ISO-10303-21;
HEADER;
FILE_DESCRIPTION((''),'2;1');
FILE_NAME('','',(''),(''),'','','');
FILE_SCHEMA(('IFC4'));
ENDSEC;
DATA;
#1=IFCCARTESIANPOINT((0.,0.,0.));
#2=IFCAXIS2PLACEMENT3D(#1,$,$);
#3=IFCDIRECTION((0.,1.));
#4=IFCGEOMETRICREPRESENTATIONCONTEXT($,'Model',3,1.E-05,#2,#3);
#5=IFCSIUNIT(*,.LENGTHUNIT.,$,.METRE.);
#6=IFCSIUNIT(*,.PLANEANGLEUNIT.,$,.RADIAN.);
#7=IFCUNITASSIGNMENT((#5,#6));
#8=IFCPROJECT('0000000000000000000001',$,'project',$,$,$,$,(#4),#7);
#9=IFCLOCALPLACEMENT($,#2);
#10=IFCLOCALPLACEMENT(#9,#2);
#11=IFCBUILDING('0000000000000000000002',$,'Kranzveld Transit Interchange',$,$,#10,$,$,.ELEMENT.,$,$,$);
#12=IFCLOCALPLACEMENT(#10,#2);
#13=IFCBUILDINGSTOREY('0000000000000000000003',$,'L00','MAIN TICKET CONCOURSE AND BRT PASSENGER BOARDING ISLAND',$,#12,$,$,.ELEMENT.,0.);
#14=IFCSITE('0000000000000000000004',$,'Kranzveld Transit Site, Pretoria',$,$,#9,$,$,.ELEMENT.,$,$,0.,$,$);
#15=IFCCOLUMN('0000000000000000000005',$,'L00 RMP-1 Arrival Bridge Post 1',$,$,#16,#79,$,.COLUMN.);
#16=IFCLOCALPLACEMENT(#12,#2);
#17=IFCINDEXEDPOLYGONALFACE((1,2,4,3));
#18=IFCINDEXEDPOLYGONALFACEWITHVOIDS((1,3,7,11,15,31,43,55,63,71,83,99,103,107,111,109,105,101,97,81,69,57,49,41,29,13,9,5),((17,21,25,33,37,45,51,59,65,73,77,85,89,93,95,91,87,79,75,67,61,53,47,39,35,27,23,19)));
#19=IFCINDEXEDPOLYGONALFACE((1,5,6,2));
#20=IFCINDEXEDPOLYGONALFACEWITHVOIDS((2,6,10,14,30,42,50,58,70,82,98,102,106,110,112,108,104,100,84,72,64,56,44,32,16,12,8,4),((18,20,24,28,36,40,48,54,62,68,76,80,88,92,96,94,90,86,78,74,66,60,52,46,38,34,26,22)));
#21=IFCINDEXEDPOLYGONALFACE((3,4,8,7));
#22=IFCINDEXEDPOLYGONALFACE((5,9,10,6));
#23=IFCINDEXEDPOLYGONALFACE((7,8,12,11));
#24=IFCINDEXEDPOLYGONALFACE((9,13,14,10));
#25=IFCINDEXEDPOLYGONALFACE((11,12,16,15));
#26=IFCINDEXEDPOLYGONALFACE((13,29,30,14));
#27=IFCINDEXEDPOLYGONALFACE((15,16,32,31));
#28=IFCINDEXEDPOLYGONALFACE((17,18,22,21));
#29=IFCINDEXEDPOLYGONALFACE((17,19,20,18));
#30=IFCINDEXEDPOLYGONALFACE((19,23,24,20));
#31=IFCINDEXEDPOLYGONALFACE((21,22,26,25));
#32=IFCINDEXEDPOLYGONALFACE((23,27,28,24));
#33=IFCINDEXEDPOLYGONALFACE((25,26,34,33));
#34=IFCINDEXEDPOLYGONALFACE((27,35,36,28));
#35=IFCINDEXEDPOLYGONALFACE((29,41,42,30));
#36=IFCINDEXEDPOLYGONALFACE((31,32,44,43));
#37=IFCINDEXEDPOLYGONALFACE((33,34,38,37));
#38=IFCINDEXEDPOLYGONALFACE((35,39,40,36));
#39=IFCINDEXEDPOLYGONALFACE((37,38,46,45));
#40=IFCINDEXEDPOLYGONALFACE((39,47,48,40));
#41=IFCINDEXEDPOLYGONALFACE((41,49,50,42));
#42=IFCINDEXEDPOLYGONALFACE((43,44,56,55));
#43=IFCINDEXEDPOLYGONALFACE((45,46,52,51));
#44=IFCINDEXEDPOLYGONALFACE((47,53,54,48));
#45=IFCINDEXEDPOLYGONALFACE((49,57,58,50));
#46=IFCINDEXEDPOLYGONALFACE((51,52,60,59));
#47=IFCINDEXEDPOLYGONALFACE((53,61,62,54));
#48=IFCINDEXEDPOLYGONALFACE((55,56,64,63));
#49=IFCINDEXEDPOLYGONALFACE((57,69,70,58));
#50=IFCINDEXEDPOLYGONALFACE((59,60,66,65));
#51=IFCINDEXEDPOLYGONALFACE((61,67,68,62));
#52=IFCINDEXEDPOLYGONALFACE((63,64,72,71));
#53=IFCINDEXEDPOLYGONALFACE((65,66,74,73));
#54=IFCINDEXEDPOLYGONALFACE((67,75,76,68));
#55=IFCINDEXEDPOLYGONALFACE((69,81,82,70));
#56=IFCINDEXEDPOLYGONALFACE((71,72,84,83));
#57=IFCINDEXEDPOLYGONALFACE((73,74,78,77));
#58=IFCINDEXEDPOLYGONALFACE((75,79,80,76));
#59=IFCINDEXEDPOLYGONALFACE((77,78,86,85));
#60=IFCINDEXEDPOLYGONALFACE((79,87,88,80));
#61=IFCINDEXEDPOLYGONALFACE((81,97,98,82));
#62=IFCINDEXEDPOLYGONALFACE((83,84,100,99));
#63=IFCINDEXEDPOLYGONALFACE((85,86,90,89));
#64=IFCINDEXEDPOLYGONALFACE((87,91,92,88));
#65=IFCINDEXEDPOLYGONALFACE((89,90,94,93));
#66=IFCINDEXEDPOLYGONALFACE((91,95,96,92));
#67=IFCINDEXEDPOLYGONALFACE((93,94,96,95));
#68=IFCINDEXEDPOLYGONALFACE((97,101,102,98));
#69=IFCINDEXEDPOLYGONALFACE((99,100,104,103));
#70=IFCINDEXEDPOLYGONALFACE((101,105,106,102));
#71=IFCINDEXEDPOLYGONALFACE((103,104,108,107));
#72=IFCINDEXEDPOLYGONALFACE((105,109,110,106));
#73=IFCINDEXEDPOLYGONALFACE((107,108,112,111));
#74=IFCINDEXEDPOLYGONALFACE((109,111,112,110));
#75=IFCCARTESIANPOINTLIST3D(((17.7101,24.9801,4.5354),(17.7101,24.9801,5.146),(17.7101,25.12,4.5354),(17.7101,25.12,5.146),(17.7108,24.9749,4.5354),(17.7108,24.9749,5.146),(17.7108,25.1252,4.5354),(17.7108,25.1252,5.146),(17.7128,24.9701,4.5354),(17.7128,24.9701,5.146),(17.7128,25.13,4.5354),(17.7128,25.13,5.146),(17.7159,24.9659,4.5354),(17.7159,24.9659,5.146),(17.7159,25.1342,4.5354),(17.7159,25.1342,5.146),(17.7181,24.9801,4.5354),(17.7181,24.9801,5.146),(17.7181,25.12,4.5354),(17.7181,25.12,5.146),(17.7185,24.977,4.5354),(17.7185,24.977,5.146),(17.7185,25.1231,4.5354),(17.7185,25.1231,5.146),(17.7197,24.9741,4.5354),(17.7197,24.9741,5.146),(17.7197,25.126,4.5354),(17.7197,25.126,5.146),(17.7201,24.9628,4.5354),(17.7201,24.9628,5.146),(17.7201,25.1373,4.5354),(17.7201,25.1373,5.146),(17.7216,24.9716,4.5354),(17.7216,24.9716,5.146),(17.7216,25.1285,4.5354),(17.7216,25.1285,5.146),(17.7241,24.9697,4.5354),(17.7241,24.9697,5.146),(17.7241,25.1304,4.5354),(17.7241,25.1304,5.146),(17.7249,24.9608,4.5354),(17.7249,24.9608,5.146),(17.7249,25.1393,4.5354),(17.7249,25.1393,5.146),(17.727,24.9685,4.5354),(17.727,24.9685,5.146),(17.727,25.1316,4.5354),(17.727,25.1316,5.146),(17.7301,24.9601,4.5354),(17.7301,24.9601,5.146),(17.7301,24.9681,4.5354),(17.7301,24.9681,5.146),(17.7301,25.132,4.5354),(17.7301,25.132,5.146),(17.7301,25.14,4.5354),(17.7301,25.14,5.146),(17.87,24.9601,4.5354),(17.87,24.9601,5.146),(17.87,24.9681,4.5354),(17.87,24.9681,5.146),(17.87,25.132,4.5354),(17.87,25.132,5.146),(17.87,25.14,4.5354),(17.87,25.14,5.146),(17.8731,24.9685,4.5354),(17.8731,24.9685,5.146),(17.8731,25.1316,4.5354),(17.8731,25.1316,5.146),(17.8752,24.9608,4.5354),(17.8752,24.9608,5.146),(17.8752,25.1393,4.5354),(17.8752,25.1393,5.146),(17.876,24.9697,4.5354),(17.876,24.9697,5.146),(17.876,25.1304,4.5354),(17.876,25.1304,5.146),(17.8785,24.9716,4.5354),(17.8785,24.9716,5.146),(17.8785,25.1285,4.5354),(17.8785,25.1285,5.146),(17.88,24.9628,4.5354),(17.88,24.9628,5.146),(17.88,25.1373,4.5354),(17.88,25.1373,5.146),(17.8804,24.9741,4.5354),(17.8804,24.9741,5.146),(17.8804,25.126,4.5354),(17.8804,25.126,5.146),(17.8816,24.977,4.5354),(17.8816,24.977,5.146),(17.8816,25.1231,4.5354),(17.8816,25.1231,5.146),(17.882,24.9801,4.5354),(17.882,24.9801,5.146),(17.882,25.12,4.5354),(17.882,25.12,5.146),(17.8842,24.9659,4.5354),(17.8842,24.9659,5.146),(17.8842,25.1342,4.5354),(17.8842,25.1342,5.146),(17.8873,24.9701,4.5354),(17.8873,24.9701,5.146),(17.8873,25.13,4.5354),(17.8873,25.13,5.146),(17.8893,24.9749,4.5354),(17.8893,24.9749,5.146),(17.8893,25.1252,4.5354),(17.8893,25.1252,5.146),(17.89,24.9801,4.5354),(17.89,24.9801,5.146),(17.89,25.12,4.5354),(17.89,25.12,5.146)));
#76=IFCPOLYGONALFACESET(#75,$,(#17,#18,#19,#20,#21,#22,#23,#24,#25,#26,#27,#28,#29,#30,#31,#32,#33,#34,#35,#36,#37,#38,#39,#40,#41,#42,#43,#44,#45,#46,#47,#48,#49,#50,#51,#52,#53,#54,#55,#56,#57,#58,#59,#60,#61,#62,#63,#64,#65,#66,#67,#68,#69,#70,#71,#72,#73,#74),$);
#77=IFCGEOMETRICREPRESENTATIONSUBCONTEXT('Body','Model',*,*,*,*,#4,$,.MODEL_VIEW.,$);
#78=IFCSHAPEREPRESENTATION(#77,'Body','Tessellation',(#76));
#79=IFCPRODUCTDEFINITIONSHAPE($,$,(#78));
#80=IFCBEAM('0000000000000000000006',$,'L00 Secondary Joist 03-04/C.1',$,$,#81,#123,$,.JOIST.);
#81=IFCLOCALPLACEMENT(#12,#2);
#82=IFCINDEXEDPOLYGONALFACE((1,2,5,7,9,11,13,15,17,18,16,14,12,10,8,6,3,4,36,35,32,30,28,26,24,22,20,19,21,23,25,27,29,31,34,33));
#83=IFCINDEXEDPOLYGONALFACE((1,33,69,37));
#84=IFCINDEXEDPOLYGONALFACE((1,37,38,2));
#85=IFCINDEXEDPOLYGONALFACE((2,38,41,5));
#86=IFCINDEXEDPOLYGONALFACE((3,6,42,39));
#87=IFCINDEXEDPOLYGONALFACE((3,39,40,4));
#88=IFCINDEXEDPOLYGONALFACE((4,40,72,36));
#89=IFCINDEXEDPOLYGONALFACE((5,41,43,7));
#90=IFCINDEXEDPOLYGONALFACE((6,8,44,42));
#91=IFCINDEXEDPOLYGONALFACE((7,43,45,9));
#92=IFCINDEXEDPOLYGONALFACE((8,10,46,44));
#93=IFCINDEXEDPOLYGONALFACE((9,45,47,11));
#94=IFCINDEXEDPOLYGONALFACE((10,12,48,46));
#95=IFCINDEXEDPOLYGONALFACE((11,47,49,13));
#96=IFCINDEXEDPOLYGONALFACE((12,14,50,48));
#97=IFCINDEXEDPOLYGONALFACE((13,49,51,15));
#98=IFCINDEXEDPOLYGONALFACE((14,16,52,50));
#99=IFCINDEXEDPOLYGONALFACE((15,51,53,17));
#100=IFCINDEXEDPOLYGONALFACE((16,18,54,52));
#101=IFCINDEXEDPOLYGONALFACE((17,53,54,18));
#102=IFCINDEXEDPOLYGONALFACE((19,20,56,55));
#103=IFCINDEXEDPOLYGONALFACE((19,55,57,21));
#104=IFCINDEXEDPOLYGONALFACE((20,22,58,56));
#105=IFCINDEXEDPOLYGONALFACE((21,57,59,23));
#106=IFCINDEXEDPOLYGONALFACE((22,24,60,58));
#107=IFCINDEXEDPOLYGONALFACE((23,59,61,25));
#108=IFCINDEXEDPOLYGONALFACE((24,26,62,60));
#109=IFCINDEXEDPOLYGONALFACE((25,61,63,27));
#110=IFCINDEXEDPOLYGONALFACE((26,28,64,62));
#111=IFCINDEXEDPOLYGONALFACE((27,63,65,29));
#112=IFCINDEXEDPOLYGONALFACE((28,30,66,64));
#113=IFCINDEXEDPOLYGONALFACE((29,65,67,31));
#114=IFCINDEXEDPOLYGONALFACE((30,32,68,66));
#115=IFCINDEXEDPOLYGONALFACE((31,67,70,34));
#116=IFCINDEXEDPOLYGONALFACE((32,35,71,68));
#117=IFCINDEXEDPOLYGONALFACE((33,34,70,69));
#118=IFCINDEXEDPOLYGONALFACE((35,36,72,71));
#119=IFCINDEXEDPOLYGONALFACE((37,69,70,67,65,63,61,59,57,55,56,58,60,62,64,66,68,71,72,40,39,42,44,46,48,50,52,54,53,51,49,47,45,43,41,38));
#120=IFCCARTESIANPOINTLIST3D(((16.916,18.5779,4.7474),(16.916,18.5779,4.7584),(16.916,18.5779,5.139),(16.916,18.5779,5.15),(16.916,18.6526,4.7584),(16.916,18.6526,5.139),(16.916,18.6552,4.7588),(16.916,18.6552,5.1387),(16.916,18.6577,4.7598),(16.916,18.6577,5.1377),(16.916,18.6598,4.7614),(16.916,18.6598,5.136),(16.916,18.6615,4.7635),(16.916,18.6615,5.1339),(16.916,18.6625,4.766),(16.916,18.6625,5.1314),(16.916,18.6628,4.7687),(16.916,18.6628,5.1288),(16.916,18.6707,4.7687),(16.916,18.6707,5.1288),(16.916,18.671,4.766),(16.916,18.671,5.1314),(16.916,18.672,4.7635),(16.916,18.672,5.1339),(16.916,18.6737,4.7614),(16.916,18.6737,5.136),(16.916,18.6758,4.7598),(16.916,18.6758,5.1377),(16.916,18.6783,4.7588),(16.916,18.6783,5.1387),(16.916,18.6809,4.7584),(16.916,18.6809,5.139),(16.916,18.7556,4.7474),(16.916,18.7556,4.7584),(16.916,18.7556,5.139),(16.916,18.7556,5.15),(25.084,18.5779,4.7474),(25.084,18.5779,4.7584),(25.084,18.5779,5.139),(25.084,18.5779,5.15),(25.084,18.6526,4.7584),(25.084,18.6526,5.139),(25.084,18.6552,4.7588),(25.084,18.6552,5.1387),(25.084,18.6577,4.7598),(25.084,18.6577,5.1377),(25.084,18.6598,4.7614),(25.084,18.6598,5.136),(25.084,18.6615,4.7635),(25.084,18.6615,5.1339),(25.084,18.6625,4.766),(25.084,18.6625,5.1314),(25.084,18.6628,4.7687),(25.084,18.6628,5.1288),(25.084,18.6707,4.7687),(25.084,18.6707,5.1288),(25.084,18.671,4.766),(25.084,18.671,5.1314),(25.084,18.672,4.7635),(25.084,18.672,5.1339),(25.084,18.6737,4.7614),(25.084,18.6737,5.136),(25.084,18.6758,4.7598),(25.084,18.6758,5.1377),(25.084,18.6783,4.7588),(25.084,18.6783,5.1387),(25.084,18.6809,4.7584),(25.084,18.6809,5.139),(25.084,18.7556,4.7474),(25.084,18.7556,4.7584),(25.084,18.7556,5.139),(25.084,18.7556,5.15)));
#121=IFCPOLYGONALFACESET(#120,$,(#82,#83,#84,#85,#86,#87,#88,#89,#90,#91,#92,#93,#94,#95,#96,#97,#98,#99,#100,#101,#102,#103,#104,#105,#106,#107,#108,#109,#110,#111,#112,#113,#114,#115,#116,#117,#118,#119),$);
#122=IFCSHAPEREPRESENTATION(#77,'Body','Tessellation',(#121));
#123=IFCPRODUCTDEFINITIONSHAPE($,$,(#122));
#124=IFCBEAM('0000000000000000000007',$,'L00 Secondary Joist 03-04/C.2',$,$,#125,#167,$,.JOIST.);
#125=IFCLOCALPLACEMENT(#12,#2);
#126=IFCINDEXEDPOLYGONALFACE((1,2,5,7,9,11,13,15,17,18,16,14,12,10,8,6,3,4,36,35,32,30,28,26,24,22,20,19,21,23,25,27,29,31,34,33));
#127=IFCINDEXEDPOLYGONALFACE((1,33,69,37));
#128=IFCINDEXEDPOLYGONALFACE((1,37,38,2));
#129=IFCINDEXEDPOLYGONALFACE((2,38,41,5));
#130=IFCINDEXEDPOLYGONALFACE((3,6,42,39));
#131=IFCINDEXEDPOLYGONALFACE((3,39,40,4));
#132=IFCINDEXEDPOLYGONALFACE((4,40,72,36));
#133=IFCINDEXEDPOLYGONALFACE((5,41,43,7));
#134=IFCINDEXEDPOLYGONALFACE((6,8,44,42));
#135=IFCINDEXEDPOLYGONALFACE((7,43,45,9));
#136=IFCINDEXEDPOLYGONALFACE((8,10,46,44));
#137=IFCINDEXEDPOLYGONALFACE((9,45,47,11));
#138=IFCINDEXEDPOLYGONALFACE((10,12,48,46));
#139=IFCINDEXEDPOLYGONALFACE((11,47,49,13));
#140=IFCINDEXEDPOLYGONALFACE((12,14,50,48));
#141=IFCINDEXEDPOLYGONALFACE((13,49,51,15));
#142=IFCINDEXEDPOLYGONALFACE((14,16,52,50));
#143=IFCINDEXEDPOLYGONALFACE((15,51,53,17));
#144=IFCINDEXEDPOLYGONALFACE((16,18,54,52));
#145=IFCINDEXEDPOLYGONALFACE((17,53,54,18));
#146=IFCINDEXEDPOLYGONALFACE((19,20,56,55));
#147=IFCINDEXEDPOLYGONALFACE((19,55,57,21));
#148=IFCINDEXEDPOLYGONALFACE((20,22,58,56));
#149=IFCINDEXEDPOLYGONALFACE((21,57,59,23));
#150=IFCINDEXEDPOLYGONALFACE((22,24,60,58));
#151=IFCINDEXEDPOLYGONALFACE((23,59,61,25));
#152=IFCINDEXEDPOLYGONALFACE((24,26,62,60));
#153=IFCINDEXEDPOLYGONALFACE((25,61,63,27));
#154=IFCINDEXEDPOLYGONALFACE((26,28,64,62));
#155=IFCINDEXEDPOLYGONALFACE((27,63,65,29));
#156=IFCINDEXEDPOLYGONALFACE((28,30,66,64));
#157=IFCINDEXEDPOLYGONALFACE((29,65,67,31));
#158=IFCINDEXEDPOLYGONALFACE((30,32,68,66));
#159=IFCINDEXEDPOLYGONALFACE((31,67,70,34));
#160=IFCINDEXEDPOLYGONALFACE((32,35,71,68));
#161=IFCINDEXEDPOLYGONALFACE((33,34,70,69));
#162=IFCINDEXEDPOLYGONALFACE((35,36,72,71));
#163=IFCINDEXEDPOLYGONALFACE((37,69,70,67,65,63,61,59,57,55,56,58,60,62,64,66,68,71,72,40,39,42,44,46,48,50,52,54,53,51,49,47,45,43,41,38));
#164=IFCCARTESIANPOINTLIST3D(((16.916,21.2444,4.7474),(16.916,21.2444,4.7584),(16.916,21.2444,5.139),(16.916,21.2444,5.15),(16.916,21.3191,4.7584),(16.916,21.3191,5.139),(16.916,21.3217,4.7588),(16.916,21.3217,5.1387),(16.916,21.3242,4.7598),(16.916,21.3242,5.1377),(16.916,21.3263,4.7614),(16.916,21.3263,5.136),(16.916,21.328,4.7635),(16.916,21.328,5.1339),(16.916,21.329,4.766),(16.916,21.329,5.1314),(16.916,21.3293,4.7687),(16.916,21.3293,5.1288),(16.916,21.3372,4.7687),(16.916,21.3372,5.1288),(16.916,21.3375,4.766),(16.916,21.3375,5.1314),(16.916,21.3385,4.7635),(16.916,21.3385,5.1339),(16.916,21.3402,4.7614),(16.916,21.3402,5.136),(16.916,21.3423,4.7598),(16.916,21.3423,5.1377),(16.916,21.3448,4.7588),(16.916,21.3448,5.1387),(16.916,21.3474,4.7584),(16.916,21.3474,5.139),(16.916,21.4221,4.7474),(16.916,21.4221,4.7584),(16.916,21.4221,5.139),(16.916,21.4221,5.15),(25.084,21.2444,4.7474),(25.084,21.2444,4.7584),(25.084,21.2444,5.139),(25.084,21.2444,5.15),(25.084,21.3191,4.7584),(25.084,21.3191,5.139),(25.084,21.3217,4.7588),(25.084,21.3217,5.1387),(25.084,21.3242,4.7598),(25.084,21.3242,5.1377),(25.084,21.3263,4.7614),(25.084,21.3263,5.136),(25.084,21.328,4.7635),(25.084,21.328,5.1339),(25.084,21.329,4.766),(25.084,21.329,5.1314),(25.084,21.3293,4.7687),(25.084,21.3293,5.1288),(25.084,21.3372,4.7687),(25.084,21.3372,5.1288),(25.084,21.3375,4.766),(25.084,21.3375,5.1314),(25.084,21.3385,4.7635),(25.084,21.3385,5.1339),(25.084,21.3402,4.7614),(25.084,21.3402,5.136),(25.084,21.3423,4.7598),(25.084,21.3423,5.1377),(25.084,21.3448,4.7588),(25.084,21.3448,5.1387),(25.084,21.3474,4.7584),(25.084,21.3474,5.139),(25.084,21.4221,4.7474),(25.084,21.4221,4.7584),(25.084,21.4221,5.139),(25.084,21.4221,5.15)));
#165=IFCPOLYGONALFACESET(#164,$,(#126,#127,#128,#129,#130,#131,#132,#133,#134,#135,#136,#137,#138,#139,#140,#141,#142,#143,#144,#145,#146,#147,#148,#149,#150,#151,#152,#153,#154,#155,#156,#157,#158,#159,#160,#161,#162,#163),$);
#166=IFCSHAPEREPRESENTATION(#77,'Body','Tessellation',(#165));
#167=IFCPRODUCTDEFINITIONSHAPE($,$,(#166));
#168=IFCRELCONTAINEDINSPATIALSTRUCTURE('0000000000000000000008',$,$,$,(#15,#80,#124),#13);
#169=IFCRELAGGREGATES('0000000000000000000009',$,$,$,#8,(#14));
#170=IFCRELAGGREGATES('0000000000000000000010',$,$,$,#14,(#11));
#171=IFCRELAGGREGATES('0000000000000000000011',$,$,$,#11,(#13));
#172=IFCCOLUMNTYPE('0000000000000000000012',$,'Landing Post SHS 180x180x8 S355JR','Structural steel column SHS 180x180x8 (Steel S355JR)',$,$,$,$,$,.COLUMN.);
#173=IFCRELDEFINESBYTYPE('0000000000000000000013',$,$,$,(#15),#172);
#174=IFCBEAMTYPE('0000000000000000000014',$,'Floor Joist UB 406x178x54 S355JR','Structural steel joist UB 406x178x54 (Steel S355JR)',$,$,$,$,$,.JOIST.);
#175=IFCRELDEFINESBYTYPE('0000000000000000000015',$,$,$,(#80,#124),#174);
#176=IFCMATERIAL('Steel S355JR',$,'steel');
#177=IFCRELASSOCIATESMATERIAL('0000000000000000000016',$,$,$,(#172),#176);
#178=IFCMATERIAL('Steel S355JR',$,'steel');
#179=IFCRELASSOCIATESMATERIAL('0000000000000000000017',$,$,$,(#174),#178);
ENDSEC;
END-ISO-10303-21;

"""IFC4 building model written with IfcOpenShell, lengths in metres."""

from ifc_helpers import new_model, si_unit, direction, frame, origin, origin_2d, place, context, subcontext, project, spatial, hollow_rectangle, i_section, extrude, material, material_profile, profile_set, type_object, element, save


model = new_model("IFC4")

# Units and contexts
model_context = context("Model", 3, precision=1e-05, world=origin(), true_north=direction((0.0, 1.0)))
body_context = subcontext(model_context, "Body", "Model", "MODEL_VIEW")
ifc_project = project(units=[si_unit("LENGTHUNIT", "METRE"), si_unit("PLANEANGLEUNIT", "RADIAN")], contexts=[model_context])

# Site, building, storey
site_placement = place(None, origin())
site = spatial("IfcSite", under=ifc_project, at=site_placement, Name="Kranzveld Transit Site, Pretoria", CompositionType="ELEMENT", RefElevation=0.0)
building_placement = place(site_placement, origin())
building = spatial("IfcBuilding", under=site, at=building_placement, Name="Kranzveld Transit Interchange", CompositionType="ELEMENT")
storey_placement = place(building_placement, origin())
storey = spatial("IfcBuildingStorey", under=building, at=storey_placement, Name="L00", Description="MAIN TICKET CONCOURSE AND BRT PASSENGER BOARDING ISLAND", CompositionType="ELEMENT", Elevation=0.0)

# Column
ifc_material_1 = material(Name="Steel S355JR", Category="steel")
ifc_material_profile_1 = material_profile(ifc_material_1, hollow_rectangle(XDim=0.1799, YDim=0.1799, WallThickness=0.0081, InnerFilletRadius=0.012, OuterFilletRadius=0.02, at=origin_2d()), Name="SHS 180x180x8")
ifc_profile_set_1 = profile_set([ifc_material_profile_1], Name="Steel S355JR")
column_type_1 = type_object("IfcColumnType", Name="Landing Post SHS 180x180x8 S355JR", Description="Structural steel column SHS 180x180x8 (Steel S355JR)", PredefinedType="COLUMN", material=ifc_profile_set_1)
column_1_placement = place(storey_placement, frame((17.8, 25.05, 4.5354), z_axis=(0.0, 0.0, 1.0), x_axis=(1.0, 0.0, 0.0)))
element("IfcColumn", 1, at=column_1_placement, inside=storey, type_object=column_type_1, Name="L00 RMP-1 Arrival Bridge Post 1", PredefinedType="COLUMN", context=body_context, shape_type="SweptSolid", body=[
    extrude(hollow_rectangle(XDim=0.1799, YDim=0.1799, WallThickness=0.0081, InnerFilletRadius=0.012, OuterFilletRadius=0.02, at=origin_2d()), origin(), (0.0, 0.0, 1.0), 0.6106),
])

# Beams
ifc_material_2 = material(Name="Steel S355JR", Category="steel")
ifc_material_profile_2 = material_profile(ifc_material_2, i_section(OverallWidth=0.1777, OverallDepth=0.4026, WebThickness=0.0078, FlangeThickness=0.011, FilletRadius=0.0103, at=origin_2d()), Name="UB 406x178x54")
ifc_profile_set_2 = profile_set([ifc_material_profile_2], Name="Steel S355JR")
beam_type_1 = type_object("IfcBeamType", Name="Floor Joist UB 406x178x54 S355JR", Description="Structural steel joist UB 406x178x54 (Steel S355JR)", PredefinedType="JOIST", material=ifc_profile_set_2)
for number, where, z_axis, x_axis, name in (
    (2, (16.916, 18.6667, 4.9487), (1.0, 0.0, 0.0), (0.0, 1.0, 0.0), "L00 Secondary Joist 03-04/C.1"),
    (3, (16.916, 21.3333, 4.9487), (1.0, 0.0, 0.0), (0.0, 1.0, 0.0), "L00 Secondary Joist 03-04/C.2"),
):
    element("IfcBeam", number, at=place(storey_placement, frame(where, z_axis=z_axis, x_axis=x_axis)), inside=storey, type_object=beam_type_1, Name=name, PredefinedType="JOIST", context=body_context, shape_type="SweptSolid", body=[
        extrude(i_section(OverallWidth=0.1777, OverallDepth=0.4026, WebThickness=0.0078, FlangeThickness=0.011, FilletRadius=0.0103, at=origin_2d()), origin(), (0.0, 0.0, 1.0), 8.168),
    ])

save(model, "model.ifc")
